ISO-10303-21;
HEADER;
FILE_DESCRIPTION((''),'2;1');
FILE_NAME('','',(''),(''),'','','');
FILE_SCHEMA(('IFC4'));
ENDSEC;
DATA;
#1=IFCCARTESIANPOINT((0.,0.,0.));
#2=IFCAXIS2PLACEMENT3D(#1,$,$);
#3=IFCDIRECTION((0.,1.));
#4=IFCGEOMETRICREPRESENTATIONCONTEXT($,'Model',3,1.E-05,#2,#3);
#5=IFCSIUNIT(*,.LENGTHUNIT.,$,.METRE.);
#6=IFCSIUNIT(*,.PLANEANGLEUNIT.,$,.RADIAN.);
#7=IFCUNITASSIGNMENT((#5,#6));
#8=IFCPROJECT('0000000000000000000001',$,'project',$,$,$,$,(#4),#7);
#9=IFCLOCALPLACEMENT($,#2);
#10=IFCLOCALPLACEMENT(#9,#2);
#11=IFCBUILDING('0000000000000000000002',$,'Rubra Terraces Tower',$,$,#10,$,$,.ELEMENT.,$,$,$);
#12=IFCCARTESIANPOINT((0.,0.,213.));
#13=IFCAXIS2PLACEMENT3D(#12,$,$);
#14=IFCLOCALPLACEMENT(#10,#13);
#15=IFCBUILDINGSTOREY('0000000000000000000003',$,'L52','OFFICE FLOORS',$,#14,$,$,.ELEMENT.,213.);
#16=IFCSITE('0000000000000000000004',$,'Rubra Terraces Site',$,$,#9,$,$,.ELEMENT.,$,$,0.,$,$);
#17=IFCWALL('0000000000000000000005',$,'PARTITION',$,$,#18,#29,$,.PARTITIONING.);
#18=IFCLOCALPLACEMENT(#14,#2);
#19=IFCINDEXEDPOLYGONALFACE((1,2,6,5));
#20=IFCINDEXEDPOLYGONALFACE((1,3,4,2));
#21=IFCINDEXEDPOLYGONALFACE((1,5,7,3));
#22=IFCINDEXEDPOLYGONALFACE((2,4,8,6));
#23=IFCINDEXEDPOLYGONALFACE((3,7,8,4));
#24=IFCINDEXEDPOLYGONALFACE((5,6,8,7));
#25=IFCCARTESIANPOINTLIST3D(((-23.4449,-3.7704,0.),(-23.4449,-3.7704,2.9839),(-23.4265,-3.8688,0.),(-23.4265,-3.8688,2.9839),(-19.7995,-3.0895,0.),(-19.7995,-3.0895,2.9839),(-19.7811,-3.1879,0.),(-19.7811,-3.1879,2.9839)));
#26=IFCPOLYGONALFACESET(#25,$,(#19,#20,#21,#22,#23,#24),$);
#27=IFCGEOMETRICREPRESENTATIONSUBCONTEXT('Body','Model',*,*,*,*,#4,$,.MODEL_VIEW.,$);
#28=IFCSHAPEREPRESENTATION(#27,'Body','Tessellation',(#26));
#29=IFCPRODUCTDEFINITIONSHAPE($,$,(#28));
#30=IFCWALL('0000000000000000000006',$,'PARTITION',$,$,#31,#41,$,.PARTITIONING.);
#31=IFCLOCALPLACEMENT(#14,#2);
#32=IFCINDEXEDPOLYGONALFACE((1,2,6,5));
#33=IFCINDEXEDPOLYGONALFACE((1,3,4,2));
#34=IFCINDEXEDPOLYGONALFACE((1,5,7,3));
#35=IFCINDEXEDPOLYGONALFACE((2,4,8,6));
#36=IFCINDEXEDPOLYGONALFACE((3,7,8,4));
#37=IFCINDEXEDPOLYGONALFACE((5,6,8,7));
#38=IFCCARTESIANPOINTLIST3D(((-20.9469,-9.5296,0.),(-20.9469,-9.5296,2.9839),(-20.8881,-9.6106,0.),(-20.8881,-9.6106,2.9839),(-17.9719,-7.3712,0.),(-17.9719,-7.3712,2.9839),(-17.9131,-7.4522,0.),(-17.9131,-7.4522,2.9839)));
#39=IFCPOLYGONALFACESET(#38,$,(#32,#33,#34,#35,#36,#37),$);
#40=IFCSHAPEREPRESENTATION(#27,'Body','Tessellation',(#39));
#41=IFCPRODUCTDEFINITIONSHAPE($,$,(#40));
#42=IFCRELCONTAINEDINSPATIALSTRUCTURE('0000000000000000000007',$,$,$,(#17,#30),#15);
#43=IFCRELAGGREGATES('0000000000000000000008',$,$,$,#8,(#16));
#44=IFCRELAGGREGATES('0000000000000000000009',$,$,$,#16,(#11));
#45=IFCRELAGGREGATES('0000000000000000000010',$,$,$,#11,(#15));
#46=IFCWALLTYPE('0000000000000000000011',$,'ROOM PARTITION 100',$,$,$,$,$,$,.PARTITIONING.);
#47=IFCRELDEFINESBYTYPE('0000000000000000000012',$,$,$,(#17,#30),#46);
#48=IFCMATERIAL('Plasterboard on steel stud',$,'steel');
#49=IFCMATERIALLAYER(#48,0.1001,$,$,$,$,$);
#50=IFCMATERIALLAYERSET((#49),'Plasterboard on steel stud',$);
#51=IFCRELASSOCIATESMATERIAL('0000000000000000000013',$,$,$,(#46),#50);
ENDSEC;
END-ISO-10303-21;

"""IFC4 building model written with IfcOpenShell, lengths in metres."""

from ifc_helpers import new_model, si_unit, direction, frame, frame_2d, origin, place, context, subcontext, project, spatial, rectangle, extrude, material, layer, layer_set, type_object, element, save


model = new_model("IFC4")

# Units and contexts
model_context = context("Model", 3, precision=1e-05, world=origin(), true_north=direction((0.0, 1.0)))
body_context = subcontext(model_context, "Body", "Model", "MODEL_VIEW")
ifc_project = project(units=[si_unit("LENGTHUNIT", "METRE"), si_unit("PLANEANGLEUNIT", "RADIAN")], contexts=[model_context])

# Site, building, storey
site_placement = place(None, origin())
site = spatial("IfcSite", under=ifc_project, at=site_placement, Name="Rubra Terraces Site", CompositionType="ELEMENT", RefElevation=0.0)
building_placement = place(site_placement, origin())
building = spatial("IfcBuilding", under=site, at=building_placement, Name="Rubra Terraces Tower", CompositionType="ELEMENT")
storey_placement = place(building_placement, frame((0.0, 0.0, 213.0)))
storey = spatial("IfcBuildingStorey", under=building, at=storey_placement, Name="L52", Description="OFFICE FLOORS", CompositionType="ELEMENT", Elevation=213.0)

# Walls
ifc_material_1 = material(Name="Plasterboard on steel stud", Category="steel")
ifc_layer_1 = layer(ifc_material_1, 0.1001)
ifc_layer_set_1 = layer_set([ifc_layer_1], Name="Plasterboard on steel stud")
wall_type_1 = type_object("IfcWallType", Name="ROOM PARTITION 100", PredefinedType="PARTITIONING", material=ifc_layer_set_1)
wall_1_placement = place(storey_placement, frame((-19.7903, -3.1387, 0.0), z_axis=(0.0, 0.0, 1.0), x_axis=(-0.983, -0.183605, 0.0)))
element("IfcWall", 1, at=wall_1_placement, inside=storey, type_object=wall_type_1, Name="PARTITION", PredefinedType="PARTITIONING", context=body_context, shape_type="SweptSolid", body=[
    extrude(rectangle(XDim=3.7085, YDim=0.1001, at=frame_2d((1.8542, 0.0))), origin(), (0.0, 0.0, 1.0), 2.9839),
])
wall_2_placement = place(storey_placement, frame((-17.9424, -7.4116, 0.0), z_axis=(0.0, 0.0, 1.0), x_axis=(-0.809416, -0.587235, 0.0)))
element("IfcWall", 2, at=wall_2_placement, inside=storey, type_object=wall_type_1, Name="PARTITION", PredefinedType="PARTITIONING", context=body_context, shape_type="SweptSolid", body=[
    extrude(rectangle(XDim=3.6755, YDim=0.1001, at=frame_2d((1.8379, 0.0))), origin(), (0.0, 0.0, 1.0), 2.9839),
])

save(model, "model.ifc")
